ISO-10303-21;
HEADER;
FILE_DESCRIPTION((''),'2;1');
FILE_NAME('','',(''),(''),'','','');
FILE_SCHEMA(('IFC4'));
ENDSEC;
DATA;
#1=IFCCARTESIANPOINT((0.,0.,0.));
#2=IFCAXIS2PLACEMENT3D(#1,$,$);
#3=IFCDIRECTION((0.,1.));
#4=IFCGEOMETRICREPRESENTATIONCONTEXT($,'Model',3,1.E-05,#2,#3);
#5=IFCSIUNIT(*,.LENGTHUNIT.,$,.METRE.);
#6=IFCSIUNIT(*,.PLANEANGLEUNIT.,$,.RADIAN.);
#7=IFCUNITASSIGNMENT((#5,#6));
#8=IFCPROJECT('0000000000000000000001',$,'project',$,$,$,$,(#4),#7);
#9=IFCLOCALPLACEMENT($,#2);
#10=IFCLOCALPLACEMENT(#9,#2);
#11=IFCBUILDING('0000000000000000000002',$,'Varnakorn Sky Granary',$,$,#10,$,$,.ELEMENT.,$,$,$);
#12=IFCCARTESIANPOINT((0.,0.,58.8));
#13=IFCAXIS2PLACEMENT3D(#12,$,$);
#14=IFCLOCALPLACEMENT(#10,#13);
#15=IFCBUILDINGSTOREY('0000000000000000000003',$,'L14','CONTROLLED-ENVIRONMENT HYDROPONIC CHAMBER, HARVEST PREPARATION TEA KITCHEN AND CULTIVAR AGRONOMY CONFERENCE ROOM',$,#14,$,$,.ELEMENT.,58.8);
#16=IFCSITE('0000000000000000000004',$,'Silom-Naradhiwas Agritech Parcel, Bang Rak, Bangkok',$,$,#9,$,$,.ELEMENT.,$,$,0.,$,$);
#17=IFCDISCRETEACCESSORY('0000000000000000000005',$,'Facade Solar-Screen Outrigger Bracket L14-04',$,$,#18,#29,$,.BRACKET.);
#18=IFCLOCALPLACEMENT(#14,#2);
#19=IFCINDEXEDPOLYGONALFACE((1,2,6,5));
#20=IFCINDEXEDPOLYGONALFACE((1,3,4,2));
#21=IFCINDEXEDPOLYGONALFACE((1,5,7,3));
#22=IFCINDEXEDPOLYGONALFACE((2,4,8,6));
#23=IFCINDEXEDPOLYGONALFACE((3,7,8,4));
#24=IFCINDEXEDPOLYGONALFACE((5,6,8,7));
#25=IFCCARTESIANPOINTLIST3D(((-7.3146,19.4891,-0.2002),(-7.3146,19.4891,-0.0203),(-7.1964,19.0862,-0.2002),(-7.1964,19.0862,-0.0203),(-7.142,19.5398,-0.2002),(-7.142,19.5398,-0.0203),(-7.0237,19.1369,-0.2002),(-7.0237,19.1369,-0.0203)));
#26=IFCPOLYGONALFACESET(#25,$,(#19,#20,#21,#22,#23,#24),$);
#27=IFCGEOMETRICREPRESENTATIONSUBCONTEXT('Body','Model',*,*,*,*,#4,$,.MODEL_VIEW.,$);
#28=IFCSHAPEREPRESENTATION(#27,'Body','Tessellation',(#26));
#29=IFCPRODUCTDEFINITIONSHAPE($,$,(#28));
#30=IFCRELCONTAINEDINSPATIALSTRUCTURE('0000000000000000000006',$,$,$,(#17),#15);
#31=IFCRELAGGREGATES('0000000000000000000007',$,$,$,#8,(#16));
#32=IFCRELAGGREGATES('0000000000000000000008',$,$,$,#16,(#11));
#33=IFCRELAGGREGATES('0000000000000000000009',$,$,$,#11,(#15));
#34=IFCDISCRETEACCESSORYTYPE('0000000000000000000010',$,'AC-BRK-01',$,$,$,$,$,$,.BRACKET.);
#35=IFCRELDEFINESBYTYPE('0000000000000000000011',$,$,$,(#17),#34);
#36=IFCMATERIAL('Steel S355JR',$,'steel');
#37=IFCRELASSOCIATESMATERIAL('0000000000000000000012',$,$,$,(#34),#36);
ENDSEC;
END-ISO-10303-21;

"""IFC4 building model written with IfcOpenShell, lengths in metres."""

from ifc_helpers import new_model, si_unit, direction, frame, origin, origin_2d, place, context, subcontext, project, spatial, rectangle, extrude, source, transform, mapped, material, type_object, type_shapes, element, save


model = new_model("IFC4")

# Units and contexts
model_context = context("Model", 3, precision=1e-05, world=origin(), true_north=direction((0.0, 1.0)))
body_context = subcontext(model_context, "Body", "Model", "MODEL_VIEW")
ifc_project = project(units=[si_unit("LENGTHUNIT", "METRE"), si_unit("PLANEANGLEUNIT", "RADIAN")], contexts=[model_context])

# Site, building, storey
site_placement = place(None, origin())
site = spatial("IfcSite", under=ifc_project, at=site_placement, Name="Silom-Naradhiwas Agritech Parcel, Bang Rak, Bangkok", CompositionType="ELEMENT", RefElevation=0.0)
building_placement = place(site_placement, origin())
building = spatial("IfcBuilding", under=site, at=building_placement, Name="Varnakorn Sky Granary", CompositionType="ELEMENT")
storey_placement = place(building_placement, frame((0.0, 0.0, 58.8)))
storey = spatial("IfcBuildingStorey", under=building, at=storey_placement, Name="L14", Description="CONTROLLED-ENVIRONMENT HYDROPONIC CHAMBER, HARVEST PREPARATION TEA KITCHEN AND CULTIVAR AGRONOMY CONFERENCE ROOM", CompositionType="ELEMENT", Elevation=58.8)

# Shared definitions
ifc_material_1 = material(Name="Steel S355JR", Category="steel")

# Discrete accessory
discrete_accessory_type = type_object("IfcDiscreteAccessoryType", Name="AC-BRK-01", PredefinedType="BRACKET", material=ifc_material_1)
shared_shape_1 = source(origin(), body_context, "Body", "SweptSolid", [
    extrude(rectangle(XDim=0.1799, YDim=0.4199, at=origin_2d()), origin(), (0.0, 0.0, 1.0), 0.1799),
])
type_shapes(discrete_accessory_type, [shared_shape_1])
discrete_accessory_placement = place(storey_placement, frame((-7.1692, 19.313, -0.2002), z_axis=(0.0, 0.0, 1.0), x_axis=(-0.959516, -0.281655, 0.0)))
element("IfcDiscreteAccessory", 1, at=discrete_accessory_placement, inside=storey, type_object=discrete_accessory_type, Name="Facade Solar-Screen Outrigger Bracket L14-04", PredefinedType="BRACKET", context=body_context, shape_type="MappedRepresentation", body=[
    mapped(shared_shape_1, transform((0.0, 0.0, 0.0), x_axis=(1.0, 0.0, 0.0), y_axis=(0.0, 1.0, 0.0), z_axis=(0.0, 0.0, 1.0), scale=1.0)),
])

save(model, "model.ifc")
